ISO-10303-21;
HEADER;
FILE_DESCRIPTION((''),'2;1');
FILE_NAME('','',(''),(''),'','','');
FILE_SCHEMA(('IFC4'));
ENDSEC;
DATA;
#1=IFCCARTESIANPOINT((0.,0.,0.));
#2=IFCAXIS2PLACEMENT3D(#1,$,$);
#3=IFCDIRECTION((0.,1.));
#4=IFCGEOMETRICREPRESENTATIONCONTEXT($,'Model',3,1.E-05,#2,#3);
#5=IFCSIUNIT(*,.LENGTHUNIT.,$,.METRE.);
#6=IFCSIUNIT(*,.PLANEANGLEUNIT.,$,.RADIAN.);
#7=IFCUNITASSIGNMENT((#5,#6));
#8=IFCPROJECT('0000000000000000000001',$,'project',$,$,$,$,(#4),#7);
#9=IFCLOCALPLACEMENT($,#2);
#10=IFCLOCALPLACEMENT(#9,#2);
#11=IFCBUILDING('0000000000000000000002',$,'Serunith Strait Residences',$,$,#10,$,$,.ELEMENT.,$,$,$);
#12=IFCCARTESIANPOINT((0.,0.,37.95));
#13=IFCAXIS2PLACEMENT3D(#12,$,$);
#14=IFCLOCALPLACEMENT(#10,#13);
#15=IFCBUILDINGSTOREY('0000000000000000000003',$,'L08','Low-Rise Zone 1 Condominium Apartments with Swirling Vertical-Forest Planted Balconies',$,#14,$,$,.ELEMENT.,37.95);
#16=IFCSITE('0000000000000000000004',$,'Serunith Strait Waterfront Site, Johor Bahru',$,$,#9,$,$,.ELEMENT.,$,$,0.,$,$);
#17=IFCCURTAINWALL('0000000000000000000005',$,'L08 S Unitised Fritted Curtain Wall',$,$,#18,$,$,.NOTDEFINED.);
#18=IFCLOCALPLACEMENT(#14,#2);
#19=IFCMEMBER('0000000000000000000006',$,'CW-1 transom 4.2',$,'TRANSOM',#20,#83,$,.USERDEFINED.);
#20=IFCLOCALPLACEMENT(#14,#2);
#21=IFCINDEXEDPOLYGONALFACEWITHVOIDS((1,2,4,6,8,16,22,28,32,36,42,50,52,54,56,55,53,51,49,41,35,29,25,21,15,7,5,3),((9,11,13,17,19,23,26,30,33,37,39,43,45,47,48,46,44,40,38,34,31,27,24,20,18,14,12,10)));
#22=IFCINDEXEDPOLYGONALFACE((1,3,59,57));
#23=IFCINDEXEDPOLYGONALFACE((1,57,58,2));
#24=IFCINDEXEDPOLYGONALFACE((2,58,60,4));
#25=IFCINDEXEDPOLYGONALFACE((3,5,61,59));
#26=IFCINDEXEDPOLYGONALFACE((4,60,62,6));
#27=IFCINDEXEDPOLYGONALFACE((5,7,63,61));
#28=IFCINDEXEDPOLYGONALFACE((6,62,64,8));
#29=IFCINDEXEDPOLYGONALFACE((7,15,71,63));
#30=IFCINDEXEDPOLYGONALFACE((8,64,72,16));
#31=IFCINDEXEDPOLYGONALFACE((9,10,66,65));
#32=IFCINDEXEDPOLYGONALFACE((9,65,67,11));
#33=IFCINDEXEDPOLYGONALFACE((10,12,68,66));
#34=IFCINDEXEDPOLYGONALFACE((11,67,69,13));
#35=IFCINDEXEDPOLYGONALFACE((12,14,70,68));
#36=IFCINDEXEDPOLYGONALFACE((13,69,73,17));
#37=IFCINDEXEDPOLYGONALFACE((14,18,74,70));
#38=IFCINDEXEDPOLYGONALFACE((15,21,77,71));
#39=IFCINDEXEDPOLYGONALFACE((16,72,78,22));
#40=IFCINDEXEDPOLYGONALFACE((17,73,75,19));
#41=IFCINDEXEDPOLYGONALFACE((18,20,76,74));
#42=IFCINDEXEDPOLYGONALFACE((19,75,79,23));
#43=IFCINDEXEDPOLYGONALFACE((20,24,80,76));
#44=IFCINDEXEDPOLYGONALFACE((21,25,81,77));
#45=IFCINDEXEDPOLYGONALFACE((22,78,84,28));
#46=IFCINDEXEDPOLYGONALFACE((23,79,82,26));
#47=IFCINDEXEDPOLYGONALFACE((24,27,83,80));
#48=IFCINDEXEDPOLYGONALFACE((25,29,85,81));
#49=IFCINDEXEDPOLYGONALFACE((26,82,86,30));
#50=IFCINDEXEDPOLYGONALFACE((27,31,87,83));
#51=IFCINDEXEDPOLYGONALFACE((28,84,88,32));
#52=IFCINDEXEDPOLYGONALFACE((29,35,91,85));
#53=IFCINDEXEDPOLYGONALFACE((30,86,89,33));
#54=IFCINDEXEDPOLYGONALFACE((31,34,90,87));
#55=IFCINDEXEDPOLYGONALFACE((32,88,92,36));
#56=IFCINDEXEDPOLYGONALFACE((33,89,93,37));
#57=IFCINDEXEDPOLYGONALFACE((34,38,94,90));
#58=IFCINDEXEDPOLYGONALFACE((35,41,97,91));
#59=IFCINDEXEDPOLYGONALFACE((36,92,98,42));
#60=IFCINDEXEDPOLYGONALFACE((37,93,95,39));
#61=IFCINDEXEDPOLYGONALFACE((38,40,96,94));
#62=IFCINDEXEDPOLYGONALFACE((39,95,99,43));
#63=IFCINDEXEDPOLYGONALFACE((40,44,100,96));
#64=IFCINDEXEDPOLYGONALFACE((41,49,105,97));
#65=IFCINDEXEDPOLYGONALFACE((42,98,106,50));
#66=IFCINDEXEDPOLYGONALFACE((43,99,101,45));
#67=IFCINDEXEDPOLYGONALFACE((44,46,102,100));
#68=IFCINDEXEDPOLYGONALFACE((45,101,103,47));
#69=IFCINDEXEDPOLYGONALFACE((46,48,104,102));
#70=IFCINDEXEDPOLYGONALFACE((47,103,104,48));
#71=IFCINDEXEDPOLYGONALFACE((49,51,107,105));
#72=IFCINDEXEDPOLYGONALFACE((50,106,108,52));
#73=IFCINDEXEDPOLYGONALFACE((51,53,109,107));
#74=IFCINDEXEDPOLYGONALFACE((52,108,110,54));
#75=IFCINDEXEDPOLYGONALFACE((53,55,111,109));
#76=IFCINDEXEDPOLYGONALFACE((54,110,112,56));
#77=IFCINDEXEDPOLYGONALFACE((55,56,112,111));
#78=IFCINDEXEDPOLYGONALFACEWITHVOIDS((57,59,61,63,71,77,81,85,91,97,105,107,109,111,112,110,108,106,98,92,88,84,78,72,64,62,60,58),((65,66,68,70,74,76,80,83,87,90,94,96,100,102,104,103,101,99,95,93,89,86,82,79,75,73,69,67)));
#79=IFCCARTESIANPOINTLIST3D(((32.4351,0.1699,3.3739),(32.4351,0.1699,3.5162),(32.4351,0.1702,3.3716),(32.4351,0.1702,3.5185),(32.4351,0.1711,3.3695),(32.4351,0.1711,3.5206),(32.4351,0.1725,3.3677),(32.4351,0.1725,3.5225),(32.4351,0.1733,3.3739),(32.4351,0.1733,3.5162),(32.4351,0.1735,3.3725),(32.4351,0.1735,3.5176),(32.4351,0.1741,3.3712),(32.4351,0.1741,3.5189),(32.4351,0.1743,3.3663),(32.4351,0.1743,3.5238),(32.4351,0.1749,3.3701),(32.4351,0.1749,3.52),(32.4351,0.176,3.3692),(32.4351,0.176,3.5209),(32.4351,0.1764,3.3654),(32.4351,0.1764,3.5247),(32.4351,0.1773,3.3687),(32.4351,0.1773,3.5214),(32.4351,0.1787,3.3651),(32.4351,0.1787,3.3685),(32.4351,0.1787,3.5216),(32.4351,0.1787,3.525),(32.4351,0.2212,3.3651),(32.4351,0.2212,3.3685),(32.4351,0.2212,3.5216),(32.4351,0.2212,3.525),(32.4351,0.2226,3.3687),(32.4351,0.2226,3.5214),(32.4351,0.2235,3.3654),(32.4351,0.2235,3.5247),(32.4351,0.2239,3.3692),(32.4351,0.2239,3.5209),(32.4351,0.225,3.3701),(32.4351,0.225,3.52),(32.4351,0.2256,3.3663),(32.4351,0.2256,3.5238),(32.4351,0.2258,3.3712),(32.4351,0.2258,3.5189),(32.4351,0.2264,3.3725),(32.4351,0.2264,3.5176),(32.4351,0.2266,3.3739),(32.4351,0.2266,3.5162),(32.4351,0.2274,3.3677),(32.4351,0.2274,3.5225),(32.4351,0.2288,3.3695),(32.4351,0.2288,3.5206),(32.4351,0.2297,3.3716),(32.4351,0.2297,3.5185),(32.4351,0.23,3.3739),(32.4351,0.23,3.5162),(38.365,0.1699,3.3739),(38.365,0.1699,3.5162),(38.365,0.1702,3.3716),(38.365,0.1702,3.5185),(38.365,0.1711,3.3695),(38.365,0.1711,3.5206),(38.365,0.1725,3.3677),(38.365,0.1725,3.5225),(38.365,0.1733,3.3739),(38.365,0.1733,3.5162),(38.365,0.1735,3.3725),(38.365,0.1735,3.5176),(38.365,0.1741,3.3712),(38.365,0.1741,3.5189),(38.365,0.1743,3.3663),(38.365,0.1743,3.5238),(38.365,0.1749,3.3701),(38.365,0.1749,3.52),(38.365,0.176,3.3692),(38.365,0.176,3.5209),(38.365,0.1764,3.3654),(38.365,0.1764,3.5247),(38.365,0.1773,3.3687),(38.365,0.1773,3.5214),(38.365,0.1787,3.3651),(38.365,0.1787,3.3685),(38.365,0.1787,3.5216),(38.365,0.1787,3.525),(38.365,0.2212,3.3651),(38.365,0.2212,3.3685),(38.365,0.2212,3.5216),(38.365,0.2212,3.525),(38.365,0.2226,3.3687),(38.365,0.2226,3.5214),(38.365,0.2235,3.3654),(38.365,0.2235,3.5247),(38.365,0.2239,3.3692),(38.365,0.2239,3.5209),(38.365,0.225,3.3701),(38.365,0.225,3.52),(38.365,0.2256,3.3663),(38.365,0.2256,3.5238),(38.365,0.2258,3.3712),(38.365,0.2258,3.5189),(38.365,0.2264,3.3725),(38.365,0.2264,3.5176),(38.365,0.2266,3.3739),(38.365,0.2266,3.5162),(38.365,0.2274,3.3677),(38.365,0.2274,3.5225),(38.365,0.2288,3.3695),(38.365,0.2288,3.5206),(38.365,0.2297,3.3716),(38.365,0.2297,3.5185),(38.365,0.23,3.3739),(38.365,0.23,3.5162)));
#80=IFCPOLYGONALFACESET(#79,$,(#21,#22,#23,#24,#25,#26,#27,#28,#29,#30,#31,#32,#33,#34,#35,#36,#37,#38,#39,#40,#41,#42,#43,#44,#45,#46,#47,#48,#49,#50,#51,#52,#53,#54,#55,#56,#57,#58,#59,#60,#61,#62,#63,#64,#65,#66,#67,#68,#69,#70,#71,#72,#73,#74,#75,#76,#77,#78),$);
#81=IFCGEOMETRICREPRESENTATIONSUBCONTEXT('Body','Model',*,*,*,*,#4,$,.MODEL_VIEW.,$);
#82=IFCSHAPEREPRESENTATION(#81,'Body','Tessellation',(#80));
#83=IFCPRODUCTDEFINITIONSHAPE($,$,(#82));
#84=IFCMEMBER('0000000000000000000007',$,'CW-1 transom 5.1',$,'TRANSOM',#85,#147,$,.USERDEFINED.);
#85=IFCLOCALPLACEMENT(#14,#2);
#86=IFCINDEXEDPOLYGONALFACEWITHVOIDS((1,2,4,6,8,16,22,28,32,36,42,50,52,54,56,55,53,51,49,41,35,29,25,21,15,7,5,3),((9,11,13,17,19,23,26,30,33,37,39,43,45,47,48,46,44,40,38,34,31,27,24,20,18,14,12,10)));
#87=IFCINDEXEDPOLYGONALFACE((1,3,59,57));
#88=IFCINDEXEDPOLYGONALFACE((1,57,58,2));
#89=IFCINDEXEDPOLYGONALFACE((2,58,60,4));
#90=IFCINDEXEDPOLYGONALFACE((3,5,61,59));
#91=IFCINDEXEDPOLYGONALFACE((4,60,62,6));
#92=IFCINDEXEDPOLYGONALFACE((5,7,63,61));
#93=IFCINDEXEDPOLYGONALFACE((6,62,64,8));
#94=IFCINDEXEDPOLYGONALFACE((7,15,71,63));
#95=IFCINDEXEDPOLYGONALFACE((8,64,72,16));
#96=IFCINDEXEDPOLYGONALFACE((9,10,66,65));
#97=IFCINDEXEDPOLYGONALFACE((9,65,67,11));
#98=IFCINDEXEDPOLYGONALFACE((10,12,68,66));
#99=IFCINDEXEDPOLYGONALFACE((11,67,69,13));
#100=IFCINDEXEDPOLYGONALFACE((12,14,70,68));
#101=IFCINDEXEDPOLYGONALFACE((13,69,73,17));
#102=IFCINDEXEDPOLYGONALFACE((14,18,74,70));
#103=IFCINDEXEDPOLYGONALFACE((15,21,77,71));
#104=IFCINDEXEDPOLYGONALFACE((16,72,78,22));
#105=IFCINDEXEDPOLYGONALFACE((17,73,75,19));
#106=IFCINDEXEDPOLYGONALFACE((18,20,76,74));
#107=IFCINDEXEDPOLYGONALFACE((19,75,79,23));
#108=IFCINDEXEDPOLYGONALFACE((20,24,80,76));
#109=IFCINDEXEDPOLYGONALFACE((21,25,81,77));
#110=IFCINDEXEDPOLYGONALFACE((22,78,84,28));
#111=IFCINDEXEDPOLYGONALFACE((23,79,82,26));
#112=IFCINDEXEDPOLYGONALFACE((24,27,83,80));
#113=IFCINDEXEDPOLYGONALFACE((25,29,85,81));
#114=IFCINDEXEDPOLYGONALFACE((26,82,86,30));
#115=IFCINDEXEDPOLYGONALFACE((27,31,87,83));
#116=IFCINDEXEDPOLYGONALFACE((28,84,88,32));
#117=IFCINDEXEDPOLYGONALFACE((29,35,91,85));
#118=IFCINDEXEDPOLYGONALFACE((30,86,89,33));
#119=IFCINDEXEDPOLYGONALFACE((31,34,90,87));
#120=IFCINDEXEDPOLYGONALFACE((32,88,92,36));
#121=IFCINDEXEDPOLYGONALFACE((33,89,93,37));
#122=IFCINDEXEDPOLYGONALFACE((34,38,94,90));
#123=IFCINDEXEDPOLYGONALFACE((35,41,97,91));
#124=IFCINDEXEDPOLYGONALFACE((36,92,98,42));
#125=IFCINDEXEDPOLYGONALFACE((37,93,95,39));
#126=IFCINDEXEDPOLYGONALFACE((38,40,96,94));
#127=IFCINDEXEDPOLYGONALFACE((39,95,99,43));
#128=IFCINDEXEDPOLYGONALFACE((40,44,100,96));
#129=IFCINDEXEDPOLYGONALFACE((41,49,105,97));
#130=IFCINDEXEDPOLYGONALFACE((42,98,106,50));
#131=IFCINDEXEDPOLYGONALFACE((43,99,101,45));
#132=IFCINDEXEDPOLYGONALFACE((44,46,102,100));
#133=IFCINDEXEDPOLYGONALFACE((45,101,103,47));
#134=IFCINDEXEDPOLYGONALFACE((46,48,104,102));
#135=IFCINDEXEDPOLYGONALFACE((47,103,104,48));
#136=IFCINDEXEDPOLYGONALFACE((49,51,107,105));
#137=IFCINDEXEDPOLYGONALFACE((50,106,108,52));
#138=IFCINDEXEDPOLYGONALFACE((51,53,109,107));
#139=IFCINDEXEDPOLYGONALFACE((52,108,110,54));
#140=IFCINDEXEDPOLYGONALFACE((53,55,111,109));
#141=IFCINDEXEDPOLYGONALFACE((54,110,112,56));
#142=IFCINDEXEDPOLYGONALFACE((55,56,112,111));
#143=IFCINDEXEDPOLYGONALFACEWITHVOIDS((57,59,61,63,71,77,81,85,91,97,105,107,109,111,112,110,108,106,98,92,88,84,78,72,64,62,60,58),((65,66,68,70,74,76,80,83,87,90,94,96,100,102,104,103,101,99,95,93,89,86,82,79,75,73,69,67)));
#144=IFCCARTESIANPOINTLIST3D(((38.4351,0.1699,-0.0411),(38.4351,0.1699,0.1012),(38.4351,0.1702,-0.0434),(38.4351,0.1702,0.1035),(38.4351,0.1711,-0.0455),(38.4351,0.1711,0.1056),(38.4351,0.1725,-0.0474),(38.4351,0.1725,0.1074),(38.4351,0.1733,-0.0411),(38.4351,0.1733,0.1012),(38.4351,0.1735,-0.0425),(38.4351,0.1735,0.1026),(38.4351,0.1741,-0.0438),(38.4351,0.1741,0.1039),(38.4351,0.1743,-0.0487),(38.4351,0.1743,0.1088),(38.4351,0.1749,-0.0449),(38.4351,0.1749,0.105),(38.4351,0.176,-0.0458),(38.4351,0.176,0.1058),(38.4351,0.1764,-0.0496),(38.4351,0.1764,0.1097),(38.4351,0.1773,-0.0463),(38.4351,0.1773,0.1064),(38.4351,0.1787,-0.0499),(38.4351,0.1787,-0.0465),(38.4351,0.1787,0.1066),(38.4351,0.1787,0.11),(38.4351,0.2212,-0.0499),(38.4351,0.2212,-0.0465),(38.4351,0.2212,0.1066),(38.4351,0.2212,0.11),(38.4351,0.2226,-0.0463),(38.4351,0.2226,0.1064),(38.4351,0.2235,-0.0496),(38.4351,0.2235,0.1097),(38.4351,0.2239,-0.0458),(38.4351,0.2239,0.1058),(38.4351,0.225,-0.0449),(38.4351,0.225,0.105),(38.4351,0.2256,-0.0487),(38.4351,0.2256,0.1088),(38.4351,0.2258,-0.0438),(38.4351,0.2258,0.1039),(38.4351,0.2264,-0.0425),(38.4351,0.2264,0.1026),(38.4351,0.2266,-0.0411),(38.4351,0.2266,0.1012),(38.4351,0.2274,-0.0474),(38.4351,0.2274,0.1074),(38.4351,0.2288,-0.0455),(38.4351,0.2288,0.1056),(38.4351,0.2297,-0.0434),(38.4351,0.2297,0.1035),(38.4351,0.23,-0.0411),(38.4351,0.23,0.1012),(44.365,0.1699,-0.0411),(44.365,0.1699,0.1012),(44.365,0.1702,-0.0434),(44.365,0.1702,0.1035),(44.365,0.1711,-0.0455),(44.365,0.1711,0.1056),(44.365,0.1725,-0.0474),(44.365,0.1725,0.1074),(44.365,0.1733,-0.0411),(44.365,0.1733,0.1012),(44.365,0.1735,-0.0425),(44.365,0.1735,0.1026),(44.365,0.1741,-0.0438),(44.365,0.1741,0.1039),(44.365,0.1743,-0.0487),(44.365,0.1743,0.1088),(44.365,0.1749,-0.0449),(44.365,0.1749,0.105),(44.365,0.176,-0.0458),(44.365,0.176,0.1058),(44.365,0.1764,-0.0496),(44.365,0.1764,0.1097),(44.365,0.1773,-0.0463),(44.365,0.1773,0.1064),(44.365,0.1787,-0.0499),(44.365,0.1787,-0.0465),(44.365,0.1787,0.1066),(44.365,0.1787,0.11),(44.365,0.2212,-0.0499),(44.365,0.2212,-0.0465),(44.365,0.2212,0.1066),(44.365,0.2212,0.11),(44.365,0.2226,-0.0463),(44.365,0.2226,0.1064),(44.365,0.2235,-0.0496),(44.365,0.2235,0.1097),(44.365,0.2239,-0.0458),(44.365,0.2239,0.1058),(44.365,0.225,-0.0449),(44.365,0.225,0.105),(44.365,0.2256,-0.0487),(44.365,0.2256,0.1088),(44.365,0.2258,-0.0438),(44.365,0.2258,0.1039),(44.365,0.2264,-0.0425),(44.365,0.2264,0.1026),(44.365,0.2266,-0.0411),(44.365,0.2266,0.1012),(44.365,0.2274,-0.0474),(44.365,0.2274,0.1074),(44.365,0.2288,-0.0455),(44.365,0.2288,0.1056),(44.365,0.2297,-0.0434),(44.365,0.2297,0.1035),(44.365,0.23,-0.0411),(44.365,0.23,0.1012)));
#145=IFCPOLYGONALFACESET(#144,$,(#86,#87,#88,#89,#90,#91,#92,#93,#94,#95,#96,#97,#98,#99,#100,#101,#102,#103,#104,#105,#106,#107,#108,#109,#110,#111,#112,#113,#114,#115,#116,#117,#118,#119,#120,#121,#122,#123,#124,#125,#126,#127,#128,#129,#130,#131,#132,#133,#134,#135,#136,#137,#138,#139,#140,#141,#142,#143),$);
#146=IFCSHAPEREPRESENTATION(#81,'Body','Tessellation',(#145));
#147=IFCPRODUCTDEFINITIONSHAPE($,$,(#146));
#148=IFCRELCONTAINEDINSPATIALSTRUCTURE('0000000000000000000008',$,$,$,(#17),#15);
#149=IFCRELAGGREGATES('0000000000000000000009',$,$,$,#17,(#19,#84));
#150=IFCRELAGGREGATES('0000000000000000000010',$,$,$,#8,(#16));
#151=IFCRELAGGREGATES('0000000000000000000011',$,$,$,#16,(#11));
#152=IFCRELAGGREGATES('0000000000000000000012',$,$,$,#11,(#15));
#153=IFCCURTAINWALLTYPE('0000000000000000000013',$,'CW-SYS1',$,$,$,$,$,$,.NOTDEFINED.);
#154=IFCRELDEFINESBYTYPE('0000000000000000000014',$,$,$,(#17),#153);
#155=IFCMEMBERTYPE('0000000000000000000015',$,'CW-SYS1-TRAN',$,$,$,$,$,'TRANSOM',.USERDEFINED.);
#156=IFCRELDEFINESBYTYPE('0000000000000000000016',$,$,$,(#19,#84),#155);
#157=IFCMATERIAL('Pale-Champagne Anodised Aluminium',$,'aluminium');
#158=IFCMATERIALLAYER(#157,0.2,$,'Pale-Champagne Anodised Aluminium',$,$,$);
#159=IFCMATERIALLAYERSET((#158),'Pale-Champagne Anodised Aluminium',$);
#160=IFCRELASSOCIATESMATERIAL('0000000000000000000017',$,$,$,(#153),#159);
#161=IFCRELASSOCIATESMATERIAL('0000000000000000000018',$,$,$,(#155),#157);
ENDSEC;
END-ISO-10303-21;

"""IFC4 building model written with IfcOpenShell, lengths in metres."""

from ifc_helpers import new_model, si_unit, direction, frame, origin, origin_2d, place, context, subcontext, project, spatial, hollow_rectangle, extrude, source, transform, mapped, material, layer, layer_set, material_profile, profile_set, type_object, element, aggregate, save


model = new_model("IFC4")

# Units and contexts
model_context = context("Model", 3, precision=1e-05, world=origin(), true_north=direction((0.0, 1.0)))
body_context = subcontext(model_context, "Body", "Model", "MODEL_VIEW")
ifc_project = project(units=[si_unit("LENGTHUNIT", "METRE"), si_unit("PLANEANGLEUNIT", "RADIAN")], contexts=[model_context])

# Site, building, storey
site_placement = place(None, origin())
site = spatial("IfcSite", under=ifc_project, at=site_placement, Name="Serunith Strait Waterfront Site, Johor Bahru", CompositionType="ELEMENT", RefElevation=0.0)
building_placement = place(site_placement, origin())
building = spatial("IfcBuilding", under=site, at=building_placement, Name="Serunith Strait Residences", CompositionType="ELEMENT")
storey_placement = place(building_placement, frame((0.0, 0.0, 37.95)))
storey = spatial("IfcBuildingStorey", under=building, at=storey_placement, Name="L08", Description="Low-Rise Zone 1 Condominium Apartments with Swirling Vertical-Forest Planted Balconies", CompositionType="ELEMENT", Elevation=37.95)

# Curtain wall, members
ifc_material_1 = material(Name="Pale-Champagne Anodised Aluminium", Category="aluminium")
ifc_layer_1 = layer(ifc_material_1, 0.2, Name="Pale-Champagne Anodised Aluminium")
ifc_layer_set_1 = layer_set([ifc_layer_1], Name="Pale-Champagne Anodised Aluminium")
curtain_wall_type = type_object("IfcCurtainWallType", Name="CW-SYS1", PredefinedType="NOTDEFINED", material=ifc_layer_set_1)
curtain_wall_placement = place(storey_placement, origin())
curtain_wall = element("IfcCurtainWall", 1, at=curtain_wall_placement, inside=storey, type_object=curtain_wall_type, Name="L08 S Unitised Fritted Curtain Wall", PredefinedType="NOTDEFINED")
ifc_material_profile_1 = material_profile(ifc_material_1, hollow_rectangle(XDim=0.0601, YDim=0.1599, WallThickness=0.0034, InnerFilletRadius=0.0054, OuterFilletRadius=0.0088, at=origin_2d()), Name="ALU 160x60x3.5")
ifc_profile_set_1 = profile_set([ifc_material_profile_1], Name="Pale-Champagne Anodised Aluminium")
member_type_1 = type_object("IfcMemberType", Name="CW-SYS1-TRAN", ElementType="TRANSOM", PredefinedType="USERDEFINED", material=ifc_profile_set_1)
shared_shape_1 = source(origin(), body_context, "Body", "SweptSolid", [
    extrude(hollow_rectangle(XDim=0.0601, YDim=0.1599, WallThickness=0.0034, InnerFilletRadius=0.0054, OuterFilletRadius=0.0088, at=origin_2d()), origin(), (0.0, 0.0, 1.0), 5.9299),
])
member_1_placement = place(storey_placement, frame((32.4351, 0.2, 3.4451), z_axis=(1.0, 0.0, 0.0), x_axis=(0.0, 1.0, 0.0)))
member_1 = element("IfcMember", 2, at=member_1_placement, type_object=member_type_1, Name="CW-1 transom 4.2", ObjectType="TRANSOM", PredefinedType="USERDEFINED", context=body_context, shape_type="MappedRepresentation", body=[
    mapped(shared_shape_1, transform((0.0, 0.0, 0.0), scale=1.0)),
])
member_2_placement = place(storey_placement, frame((38.4351, 0.2, 0.03), z_axis=(1.0, 0.0, 0.0), x_axis=(0.0, 1.0, 0.0)))
member_2 = element("IfcMember", 3, at=member_2_placement, type_object=member_type_1, Name="CW-1 transom 5.1", ObjectType="TRANSOM", PredefinedType="USERDEFINED", context=body_context, shape_type="MappedRepresentation", body=[
    mapped(shared_shape_1, transform((0.0, 0.0, 0.0), scale=1.0)),
])
aggregate(curtain_wall, [member_1, member_2])

save(model, "model.ifc")
